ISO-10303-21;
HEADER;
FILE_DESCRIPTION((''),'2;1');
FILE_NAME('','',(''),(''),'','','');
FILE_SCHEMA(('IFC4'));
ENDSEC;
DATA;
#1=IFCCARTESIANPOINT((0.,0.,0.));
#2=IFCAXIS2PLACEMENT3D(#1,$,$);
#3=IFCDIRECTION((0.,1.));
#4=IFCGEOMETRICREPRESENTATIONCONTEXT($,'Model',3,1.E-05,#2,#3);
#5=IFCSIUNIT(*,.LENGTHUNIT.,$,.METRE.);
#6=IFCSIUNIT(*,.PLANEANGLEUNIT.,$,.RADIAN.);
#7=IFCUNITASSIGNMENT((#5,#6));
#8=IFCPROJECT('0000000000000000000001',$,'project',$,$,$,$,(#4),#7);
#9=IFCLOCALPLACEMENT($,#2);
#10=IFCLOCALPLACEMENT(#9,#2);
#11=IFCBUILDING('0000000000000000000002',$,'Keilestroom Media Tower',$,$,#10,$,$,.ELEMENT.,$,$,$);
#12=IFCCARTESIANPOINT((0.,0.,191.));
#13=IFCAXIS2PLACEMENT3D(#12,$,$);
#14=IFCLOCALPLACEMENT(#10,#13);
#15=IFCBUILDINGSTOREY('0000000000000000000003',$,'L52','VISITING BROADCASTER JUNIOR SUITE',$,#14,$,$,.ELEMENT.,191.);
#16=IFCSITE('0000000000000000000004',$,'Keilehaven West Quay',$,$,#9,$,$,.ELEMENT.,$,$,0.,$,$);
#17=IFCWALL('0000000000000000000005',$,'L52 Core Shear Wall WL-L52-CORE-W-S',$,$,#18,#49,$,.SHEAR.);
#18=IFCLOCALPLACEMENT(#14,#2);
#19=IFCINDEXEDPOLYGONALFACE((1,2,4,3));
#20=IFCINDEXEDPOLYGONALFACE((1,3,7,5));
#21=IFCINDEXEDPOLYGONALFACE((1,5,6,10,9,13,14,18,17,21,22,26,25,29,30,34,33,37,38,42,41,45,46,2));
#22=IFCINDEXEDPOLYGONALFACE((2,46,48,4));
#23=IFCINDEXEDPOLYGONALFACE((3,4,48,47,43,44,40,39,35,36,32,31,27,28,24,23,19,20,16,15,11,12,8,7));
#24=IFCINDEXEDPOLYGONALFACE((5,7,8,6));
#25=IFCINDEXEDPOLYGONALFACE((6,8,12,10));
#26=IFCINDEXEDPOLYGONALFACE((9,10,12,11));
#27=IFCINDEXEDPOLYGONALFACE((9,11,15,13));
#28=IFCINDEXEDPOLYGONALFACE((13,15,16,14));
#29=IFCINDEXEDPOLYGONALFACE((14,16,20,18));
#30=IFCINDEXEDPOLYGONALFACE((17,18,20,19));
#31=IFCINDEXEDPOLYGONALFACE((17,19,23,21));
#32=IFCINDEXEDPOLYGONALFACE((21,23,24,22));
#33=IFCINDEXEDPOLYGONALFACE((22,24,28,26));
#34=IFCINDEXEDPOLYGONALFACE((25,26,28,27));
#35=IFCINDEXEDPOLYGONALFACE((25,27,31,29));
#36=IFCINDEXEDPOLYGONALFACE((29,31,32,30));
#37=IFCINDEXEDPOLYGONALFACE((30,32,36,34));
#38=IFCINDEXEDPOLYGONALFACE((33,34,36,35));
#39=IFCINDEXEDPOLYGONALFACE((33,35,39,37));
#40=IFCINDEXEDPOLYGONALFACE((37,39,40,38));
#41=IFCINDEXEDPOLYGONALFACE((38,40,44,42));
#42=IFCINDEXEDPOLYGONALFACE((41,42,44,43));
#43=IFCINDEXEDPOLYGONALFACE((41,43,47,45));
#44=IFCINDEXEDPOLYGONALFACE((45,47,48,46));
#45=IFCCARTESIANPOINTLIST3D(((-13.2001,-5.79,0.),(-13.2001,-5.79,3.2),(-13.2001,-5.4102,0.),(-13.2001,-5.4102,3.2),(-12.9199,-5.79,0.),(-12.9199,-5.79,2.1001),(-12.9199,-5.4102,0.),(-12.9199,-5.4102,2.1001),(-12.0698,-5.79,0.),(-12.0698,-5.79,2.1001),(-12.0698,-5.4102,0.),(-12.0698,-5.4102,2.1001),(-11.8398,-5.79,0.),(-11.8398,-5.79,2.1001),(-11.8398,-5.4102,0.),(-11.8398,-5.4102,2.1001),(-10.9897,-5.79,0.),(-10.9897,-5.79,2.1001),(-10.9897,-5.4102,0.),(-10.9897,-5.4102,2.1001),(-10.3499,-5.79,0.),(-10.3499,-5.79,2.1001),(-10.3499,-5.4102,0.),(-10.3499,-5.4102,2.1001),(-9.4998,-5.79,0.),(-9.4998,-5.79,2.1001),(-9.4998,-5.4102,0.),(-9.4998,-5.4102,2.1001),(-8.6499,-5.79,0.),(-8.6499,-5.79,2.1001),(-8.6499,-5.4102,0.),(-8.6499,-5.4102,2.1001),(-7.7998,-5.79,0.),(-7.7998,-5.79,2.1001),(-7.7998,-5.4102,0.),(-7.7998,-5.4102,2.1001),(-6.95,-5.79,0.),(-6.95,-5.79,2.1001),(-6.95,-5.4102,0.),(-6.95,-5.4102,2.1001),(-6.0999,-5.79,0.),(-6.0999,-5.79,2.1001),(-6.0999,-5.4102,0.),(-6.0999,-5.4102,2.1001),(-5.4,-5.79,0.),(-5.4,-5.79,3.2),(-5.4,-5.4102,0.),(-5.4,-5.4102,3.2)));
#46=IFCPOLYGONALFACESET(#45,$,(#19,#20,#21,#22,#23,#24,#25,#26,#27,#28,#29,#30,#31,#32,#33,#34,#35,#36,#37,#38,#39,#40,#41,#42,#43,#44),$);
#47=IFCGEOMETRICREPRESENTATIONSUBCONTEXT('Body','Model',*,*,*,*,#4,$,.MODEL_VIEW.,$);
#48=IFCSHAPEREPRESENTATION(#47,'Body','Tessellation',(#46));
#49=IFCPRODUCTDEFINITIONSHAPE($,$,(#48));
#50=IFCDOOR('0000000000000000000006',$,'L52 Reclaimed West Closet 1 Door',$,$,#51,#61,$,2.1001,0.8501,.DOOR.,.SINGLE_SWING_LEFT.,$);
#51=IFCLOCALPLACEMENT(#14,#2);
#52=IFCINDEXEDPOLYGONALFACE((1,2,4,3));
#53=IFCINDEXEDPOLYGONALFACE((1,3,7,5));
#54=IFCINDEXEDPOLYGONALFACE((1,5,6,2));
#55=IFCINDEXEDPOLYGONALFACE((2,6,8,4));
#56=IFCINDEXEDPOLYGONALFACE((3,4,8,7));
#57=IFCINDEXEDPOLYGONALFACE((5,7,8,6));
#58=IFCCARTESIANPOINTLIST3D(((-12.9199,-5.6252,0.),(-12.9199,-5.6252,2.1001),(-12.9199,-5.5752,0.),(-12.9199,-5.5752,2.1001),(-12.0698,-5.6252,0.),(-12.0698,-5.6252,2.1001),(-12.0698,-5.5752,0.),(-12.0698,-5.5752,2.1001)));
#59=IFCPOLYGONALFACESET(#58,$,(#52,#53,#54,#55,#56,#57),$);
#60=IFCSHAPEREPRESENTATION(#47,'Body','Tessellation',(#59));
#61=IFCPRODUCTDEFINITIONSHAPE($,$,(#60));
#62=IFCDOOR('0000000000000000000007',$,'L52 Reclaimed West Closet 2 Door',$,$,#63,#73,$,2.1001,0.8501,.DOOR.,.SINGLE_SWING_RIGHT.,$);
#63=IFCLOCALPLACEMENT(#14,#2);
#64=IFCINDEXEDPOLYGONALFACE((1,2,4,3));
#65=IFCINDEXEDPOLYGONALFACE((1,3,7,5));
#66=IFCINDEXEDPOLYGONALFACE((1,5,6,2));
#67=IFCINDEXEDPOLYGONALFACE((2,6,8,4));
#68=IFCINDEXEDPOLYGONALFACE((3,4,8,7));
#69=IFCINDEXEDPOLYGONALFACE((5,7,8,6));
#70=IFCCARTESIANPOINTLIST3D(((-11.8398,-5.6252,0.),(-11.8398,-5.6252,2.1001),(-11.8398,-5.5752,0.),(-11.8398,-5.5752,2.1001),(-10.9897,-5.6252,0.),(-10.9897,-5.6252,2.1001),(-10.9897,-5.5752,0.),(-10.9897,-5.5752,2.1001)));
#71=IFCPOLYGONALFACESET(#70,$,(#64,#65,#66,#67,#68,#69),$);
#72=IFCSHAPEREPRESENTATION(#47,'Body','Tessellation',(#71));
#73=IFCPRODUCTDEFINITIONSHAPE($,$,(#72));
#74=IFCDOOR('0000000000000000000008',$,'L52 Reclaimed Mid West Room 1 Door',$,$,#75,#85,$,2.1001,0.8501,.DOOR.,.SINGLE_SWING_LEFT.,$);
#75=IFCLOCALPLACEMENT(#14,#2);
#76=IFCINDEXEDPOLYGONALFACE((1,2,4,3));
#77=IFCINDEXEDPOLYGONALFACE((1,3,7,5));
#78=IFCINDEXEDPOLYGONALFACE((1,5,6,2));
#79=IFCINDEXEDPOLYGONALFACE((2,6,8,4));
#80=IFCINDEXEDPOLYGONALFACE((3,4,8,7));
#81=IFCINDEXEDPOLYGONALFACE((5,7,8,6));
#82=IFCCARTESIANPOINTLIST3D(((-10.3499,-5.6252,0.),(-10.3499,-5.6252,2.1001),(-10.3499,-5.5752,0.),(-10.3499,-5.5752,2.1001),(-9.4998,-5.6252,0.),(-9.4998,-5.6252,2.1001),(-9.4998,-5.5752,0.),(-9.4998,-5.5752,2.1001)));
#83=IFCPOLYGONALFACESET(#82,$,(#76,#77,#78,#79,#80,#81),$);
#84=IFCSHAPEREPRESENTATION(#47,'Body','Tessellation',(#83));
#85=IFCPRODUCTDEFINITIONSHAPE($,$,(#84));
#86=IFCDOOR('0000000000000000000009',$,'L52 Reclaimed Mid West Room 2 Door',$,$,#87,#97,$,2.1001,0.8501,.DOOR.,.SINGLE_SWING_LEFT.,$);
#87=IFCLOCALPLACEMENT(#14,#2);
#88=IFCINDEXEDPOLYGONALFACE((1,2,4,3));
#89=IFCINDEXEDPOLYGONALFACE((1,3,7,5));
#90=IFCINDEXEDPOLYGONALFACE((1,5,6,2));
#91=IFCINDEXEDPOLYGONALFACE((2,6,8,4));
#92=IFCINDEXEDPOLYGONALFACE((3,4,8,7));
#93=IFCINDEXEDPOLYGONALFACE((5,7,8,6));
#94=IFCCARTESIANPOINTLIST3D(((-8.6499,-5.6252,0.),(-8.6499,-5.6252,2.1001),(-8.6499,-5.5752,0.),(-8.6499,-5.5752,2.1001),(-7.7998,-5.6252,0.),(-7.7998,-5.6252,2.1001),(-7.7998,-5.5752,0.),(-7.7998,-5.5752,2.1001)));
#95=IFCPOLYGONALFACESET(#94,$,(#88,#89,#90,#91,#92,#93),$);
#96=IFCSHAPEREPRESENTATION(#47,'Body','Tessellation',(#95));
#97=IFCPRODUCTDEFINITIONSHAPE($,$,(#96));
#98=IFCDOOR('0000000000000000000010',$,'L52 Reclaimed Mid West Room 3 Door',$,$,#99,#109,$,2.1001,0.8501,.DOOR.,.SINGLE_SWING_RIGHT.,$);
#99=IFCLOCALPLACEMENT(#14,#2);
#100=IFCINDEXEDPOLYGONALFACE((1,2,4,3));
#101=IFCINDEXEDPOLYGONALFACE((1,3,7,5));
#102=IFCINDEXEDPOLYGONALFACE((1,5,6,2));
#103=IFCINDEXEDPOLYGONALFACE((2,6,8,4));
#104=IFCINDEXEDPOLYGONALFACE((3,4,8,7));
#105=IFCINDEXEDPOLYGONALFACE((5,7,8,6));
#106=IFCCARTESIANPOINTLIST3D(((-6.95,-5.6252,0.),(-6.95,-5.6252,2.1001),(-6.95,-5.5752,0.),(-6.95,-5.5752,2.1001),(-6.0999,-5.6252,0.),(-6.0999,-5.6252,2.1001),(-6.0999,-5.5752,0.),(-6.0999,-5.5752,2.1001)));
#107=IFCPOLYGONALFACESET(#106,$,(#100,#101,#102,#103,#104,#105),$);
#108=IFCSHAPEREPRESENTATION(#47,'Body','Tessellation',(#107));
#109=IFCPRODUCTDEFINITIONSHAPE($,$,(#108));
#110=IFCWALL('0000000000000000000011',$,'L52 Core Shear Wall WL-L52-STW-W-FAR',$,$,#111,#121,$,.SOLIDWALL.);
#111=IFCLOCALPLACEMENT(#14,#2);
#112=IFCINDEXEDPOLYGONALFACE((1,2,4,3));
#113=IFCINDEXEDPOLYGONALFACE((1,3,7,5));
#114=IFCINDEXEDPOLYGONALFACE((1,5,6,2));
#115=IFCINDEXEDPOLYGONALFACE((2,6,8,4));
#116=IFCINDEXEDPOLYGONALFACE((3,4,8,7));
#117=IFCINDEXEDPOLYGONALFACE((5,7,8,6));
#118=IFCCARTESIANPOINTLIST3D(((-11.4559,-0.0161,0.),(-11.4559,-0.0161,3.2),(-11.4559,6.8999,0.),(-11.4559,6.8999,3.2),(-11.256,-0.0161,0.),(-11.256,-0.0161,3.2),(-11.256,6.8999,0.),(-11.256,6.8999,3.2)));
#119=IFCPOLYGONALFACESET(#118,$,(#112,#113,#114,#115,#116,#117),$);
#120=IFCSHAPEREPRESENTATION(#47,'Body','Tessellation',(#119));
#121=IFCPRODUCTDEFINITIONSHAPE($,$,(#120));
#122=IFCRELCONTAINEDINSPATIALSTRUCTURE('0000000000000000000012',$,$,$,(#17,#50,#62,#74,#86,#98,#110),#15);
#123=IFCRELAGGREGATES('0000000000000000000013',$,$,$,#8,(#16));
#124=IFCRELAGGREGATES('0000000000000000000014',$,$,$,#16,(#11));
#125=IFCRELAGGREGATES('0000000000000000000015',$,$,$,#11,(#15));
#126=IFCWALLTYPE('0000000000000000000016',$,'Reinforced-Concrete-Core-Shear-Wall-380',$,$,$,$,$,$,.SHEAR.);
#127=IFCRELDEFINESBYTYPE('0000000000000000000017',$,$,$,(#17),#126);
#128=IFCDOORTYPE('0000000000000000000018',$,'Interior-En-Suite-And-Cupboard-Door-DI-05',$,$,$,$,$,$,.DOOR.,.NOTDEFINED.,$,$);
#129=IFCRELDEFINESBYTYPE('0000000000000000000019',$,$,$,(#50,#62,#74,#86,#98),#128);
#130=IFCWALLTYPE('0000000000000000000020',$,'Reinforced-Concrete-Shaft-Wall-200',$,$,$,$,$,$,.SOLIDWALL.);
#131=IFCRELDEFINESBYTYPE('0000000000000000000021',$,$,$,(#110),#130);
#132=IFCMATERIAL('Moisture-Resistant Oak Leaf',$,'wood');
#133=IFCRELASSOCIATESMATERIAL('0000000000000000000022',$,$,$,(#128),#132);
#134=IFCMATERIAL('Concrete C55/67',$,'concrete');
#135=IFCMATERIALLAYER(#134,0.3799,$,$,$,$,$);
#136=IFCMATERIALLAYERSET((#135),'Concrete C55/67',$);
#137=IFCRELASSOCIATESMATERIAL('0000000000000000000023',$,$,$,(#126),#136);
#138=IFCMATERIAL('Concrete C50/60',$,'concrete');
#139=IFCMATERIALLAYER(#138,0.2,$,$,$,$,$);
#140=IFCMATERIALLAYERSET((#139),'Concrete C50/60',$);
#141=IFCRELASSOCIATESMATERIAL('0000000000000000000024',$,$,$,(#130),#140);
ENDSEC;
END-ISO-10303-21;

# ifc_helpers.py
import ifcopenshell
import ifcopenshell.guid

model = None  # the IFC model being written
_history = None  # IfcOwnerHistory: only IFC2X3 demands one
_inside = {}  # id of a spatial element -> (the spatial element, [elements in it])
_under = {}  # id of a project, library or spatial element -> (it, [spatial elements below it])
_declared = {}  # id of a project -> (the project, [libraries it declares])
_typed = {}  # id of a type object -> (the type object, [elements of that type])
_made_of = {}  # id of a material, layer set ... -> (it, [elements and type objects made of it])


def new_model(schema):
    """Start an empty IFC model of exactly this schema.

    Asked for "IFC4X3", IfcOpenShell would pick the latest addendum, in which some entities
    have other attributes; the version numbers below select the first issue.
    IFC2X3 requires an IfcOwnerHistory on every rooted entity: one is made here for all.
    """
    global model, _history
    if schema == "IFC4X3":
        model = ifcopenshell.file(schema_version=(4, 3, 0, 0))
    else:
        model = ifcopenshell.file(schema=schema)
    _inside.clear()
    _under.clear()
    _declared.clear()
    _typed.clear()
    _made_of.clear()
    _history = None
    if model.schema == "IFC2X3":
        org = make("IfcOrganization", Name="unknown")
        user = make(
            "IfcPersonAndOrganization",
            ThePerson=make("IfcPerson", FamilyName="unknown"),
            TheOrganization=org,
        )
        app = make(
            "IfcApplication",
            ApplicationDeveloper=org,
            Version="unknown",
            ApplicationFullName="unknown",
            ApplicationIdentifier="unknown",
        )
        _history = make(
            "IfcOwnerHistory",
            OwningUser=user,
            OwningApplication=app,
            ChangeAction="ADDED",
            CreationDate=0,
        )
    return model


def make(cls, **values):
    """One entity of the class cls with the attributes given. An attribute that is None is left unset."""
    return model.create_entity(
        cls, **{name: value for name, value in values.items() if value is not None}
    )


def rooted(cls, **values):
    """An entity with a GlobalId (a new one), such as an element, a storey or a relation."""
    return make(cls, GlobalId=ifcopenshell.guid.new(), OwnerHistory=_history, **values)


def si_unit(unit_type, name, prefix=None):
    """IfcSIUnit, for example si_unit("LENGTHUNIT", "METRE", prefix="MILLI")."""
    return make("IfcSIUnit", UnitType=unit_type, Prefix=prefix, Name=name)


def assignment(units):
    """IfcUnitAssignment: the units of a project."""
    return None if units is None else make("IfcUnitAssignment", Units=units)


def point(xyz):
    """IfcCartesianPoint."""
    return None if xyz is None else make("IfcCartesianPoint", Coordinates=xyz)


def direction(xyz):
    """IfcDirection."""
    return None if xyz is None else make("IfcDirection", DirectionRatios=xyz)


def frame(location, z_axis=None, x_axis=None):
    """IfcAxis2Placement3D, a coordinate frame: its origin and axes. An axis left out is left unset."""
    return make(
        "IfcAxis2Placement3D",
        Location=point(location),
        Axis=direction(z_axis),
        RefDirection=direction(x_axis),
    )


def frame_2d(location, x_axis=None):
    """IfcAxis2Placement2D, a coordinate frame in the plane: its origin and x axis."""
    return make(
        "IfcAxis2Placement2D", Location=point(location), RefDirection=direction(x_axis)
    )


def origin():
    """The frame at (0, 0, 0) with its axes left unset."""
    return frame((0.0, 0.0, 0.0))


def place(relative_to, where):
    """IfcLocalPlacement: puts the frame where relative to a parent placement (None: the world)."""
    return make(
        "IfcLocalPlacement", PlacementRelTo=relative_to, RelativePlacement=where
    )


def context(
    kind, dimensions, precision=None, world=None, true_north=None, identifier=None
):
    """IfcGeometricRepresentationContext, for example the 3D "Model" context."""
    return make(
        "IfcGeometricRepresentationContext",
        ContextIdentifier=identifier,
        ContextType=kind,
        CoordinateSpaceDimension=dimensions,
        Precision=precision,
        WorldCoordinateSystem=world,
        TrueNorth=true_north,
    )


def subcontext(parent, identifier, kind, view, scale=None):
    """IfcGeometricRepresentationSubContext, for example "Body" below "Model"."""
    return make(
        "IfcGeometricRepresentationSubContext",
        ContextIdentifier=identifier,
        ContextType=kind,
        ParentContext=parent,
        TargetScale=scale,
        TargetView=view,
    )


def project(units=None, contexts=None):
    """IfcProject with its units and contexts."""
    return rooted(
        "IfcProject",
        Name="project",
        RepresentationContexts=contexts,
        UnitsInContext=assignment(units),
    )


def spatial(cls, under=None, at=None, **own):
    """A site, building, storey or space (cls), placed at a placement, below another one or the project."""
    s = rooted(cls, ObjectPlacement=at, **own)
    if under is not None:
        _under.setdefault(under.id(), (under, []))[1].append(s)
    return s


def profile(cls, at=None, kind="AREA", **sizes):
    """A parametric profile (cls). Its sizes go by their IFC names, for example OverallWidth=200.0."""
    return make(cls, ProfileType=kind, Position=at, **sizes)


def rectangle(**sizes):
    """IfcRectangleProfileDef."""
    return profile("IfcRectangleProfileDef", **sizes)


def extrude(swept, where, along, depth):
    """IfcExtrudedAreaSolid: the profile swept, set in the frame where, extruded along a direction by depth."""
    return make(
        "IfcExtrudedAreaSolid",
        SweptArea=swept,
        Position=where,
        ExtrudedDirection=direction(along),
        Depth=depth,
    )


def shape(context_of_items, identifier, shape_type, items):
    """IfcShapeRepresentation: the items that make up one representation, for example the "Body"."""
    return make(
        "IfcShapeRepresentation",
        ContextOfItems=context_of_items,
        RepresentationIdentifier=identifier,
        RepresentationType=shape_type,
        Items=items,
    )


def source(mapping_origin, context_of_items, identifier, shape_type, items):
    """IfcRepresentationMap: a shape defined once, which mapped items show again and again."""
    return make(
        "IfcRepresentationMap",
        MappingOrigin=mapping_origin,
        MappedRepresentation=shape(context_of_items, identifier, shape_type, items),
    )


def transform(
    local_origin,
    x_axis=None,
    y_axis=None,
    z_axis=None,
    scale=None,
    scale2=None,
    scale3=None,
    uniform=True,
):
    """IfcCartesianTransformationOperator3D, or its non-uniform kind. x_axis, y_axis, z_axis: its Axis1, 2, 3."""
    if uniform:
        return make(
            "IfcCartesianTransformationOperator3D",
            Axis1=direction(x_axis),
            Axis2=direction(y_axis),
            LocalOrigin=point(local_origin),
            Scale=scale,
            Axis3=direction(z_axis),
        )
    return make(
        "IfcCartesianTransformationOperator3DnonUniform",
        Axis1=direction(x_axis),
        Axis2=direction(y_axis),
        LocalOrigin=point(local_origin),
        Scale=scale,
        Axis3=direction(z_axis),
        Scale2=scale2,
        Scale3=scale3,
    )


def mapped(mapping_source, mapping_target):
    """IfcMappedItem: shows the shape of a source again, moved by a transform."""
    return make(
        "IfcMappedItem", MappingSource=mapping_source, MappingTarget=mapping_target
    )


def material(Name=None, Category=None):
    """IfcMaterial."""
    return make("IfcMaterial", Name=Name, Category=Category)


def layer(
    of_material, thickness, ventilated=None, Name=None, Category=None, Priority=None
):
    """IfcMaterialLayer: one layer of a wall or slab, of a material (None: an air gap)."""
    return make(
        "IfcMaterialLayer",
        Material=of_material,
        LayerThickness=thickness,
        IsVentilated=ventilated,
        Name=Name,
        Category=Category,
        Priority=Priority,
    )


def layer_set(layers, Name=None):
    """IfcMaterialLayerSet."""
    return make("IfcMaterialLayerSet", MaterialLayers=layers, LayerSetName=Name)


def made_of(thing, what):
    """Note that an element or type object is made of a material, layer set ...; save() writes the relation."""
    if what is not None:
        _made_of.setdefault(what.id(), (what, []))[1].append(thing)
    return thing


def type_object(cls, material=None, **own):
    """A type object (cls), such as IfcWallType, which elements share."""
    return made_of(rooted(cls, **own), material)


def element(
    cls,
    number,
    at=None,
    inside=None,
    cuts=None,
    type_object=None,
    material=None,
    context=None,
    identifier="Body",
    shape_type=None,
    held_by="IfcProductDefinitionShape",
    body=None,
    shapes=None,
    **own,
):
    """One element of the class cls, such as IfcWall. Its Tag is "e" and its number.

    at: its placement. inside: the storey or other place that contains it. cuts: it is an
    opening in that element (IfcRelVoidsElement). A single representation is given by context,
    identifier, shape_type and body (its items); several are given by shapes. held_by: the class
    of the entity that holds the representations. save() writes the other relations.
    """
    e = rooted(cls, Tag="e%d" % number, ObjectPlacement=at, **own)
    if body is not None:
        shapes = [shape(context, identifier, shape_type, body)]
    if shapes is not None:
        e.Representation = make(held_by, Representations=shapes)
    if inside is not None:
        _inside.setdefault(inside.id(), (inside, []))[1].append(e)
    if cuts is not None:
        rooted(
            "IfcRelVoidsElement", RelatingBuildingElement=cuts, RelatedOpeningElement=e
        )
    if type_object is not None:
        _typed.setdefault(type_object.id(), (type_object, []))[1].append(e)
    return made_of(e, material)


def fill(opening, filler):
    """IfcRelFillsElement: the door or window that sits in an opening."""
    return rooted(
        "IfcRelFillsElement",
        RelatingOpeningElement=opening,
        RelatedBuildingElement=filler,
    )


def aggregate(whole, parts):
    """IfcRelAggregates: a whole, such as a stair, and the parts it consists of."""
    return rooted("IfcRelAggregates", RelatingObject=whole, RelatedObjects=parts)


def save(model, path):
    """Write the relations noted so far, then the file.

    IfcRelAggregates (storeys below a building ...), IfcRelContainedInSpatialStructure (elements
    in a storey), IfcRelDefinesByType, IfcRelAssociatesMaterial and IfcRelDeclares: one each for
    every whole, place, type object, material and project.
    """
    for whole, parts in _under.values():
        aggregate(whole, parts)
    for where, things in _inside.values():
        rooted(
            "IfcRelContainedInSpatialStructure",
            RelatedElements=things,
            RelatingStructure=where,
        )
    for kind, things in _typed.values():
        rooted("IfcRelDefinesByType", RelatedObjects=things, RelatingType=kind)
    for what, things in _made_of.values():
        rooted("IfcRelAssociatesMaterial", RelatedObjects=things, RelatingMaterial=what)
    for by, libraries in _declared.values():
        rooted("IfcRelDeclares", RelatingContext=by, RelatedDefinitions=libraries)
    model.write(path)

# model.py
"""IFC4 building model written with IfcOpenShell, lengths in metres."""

from ifc_helpers import new_model, si_unit, direction, frame, frame_2d, origin, place, context, subcontext, project, spatial, rectangle, extrude, source, transform, mapped, material, layer, layer_set, type_object, element, fill, save


model = new_model("IFC4")

# Units and contexts
model_context = context("Model", 3, precision=1e-05, world=origin(), true_north=direction((0.0, 1.0)))
body_context = subcontext(model_context, "Body", "Model", "MODEL_VIEW")
ifc_project = project(units=[si_unit("LENGTHUNIT", "METRE"), si_unit("PLANEANGLEUNIT", "RADIAN")], contexts=[model_context])

# Site, building, storey
site_placement = place(None, origin())
site = spatial("IfcSite", under=ifc_project, at=site_placement, Name="Keilehaven West Quay", CompositionType="ELEMENT", RefElevation=0.0)
building_placement = place(site_placement, origin())
building = spatial("IfcBuilding", under=site, at=building_placement, Name="Keilestroom Media Tower", CompositionType="ELEMENT")
storey_placement = place(building_placement, frame((0.0, 0.0, 191.0)))
storey = spatial("IfcBuildingStorey", under=building, at=storey_placement, Name="L52", Description="VISITING BROADCASTER JUNIOR SUITE", CompositionType="ELEMENT", Elevation=191.0)

# Shared definitions
ifc_material_1 = material(Name="Concrete C55/67", Category="concrete")

# Shared definitions
ifc_material_2 = material(Name="Moisture-Resistant Oak Leaf", Category="wood")
door_type = type_object("IfcDoorType", Name="Interior-En-Suite-And-Cupboard-Door-DI-05", OperationType="NOTDEFINED", PredefinedType="DOOR", material=ifc_material_2)
shared_shape_1 = source(origin(), body_context, "Body", "SweptSolid", [
    extrude(rectangle(XDim=0.8501, YDim=2.1001, at=frame_2d((0.425, 1.05))), frame((0.0, 0.0249, 0.0), z_axis=(0.0, -1.0, 0.0), x_axis=(1.0, 0.0, 0.0)), (0.0, 0.0, 1.0), 0.05),
])

# Shared definitions
ifc_layer_1 = layer(ifc_material_1, 0.3799)
ifc_layer_set_1 = layer_set([ifc_layer_1], Name="Concrete C55/67")
wall_type_1 = type_object("IfcWallType", Name="Reinforced-Concrete-Core-Shear-Wall-380", PredefinedType="SHEAR", material=ifc_layer_set_1)

# Wall, openings, doors
wall_1_placement = place(storey_placement, frame((-13.2, -5.6001, 0.0), z_axis=(0.0, 0.0, 1.0), x_axis=(1.0, 0.0, 0.0)))
wall_1 = element("IfcWall", 1, at=wall_1_placement, inside=storey, type_object=wall_type_1, Name="L52 Core Shear Wall WL-L52-CORE-W-S", PredefinedType="SHEAR", context=body_context, shape_type="SweptSolid", body=[
    extrude(rectangle(XDim=7.8, YDim=0.3799, at=frame_2d((3.8999, 0.0))), origin(), (0.0, 0.0, 1.0), 3.2),
])
opening_1_placement = place(wall_1_placement, frame((0.28, 0.0, 0.0)))
opening_1 = element("IfcOpeningElement", 2, at=opening_1_placement, cuts=wall_1, PredefinedType="OPENING", context=body_context, shape_type="SweptSolid", body=[
    extrude(rectangle(XDim=0.8501, YDim=2.1001, at=frame_2d((0.425, 1.05))), frame((0.0, 0.2, 0.0), z_axis=(0.0, -1.0, 0.0), x_axis=(1.0, 0.0, 0.0)), (0.0, 0.0, 1.0), 0.3999),
])
opening_2_placement = place(wall_1_placement, frame((1.3601, 0.0, 0.0)))
opening_2 = element("IfcOpeningElement", 3, at=opening_2_placement, cuts=wall_1, PredefinedType="OPENING", context=body_context, shape_type="SweptSolid", body=[
    extrude(rectangle(XDim=0.8501, YDim=2.1001, at=frame_2d((0.425, 1.05))), frame((0.0, 0.2, 0.0), z_axis=(0.0, -1.0, 0.0), x_axis=(1.0, 0.0, 0.0)), (0.0, 0.0, 1.0), 0.3999),
])
opening_3_placement = place(wall_1_placement, frame((2.8501, 0.0, 0.0)))
opening_3 = element("IfcOpeningElement", 4, at=opening_3_placement, cuts=wall_1, PredefinedType="OPENING", context=body_context, shape_type="SweptSolid", body=[
    extrude(rectangle(XDim=0.8501, YDim=2.1001, at=frame_2d((0.425, 1.05))), frame((0.0, 0.2, 0.0), z_axis=(0.0, -1.0, 0.0), x_axis=(1.0, 0.0, 0.0)), (0.0, 0.0, 1.0), 0.3999),
])
opening_4_placement = place(wall_1_placement, frame((4.55, 0.0, 0.0)))
opening_4 = element("IfcOpeningElement", 5, at=opening_4_placement, cuts=wall_1, PredefinedType="OPENING", context=body_context, shape_type="SweptSolid", body=[
    extrude(rectangle(XDim=0.8501, YDim=2.1001, at=frame_2d((0.425, 1.05))), frame((0.0, 0.2, 0.0), z_axis=(0.0, -1.0, 0.0), x_axis=(1.0, 0.0, 0.0)), (0.0, 0.0, 1.0), 0.3999),
])
opening_5_placement = place(wall_1_placement, frame((6.25, 0.0, 0.0)))
opening_5 = element("IfcOpeningElement", 6, at=opening_5_placement, cuts=wall_1, PredefinedType="OPENING", context=body_context, shape_type="SweptSolid", body=[
    extrude(rectangle(XDim=0.8501, YDim=2.1001, at=frame_2d((0.425, 1.05))), frame((0.0, 0.2, 0.0), z_axis=(0.0, -1.0, 0.0), x_axis=(1.0, 0.0, 0.0)), (0.0, 0.0, 1.0), 0.3999),
])
door_1_placement = place(opening_1_placement, origin())
door_1 = element("IfcDoor", 7, at=door_1_placement, inside=storey, type_object=door_type, Name="L52 Reclaimed West Closet 1 Door", OperationType="SINGLE_SWING_LEFT", OverallHeight=2.1001, OverallWidth=0.8501, PredefinedType="DOOR", context=body_context, shape_type="MappedRepresentation", body=[
    mapped(shared_shape_1, transform((0.0, 0.0, 0.0), x_axis=(1.0, 0.0, 0.0), y_axis=(0.0, 1.0, 0.0), z_axis=(0.0, 0.0, 1.0), scale=1.0)),
])
fill(opening_1, door_1)
door_2_placement = place(opening_2_placement, origin())
door_2 = element("IfcDoor", 8, at=door_2_placement, inside=storey, type_object=door_type, Name="L52 Reclaimed West Closet 2 Door", OperationType="SINGLE_SWING_RIGHT", OverallHeight=2.1001, OverallWidth=0.8501, PredefinedType="DOOR", context=body_context, shape_type="MappedRepresentation", body=[
    mapped(shared_shape_1, transform((0.0, 0.0, 0.0), x_axis=(1.0, 0.0, 0.0), y_axis=(0.0, 1.0, 0.0), z_axis=(0.0, 0.0, 1.0), scale=1.0)),
])
fill(opening_2, door_2)
door_3_placement = place(opening_3_placement, origin())
door_3 = element("IfcDoor", 9, at=door_3_placement, inside=storey, type_object=door_type, Name="L52 Reclaimed Mid West Room 1 Door", OperationType="SINGLE_SWING_LEFT", OverallHeight=2.1001, OverallWidth=0.8501, PredefinedType="DOOR", context=body_context, shape_type="MappedRepresentation", body=[
    mapped(shared_shape_1, transform((0.0, 0.0, 0.0), x_axis=(1.0, 0.0, 0.0), y_axis=(0.0, 1.0, 0.0), z_axis=(0.0, 0.0, 1.0), scale=1.0)),
])
fill(opening_3, door_3)
door_4_placement = place(opening_4_placement, origin())
door_4 = element("IfcDoor", 10, at=door_4_placement, inside=storey, type_object=door_type, Name="L52 Reclaimed Mid West Room 2 Door", OperationType="SINGLE_SWING_LEFT", OverallHeight=2.1001, OverallWidth=0.8501, PredefinedType="DOOR", context=body_context, shape_type="MappedRepresentation", body=[
    mapped(shared_shape_1, transform((0.0, 0.0, 0.0), x_axis=(1.0, 0.0, 0.0), y_axis=(0.0, 1.0, 0.0), z_axis=(0.0, 0.0, 1.0), scale=1.0)),
])
fill(opening_4, door_4)
door_5_placement = place(opening_5_placement, origin())
door_5 = element("IfcDoor", 11, at=door_5_placement, inside=storey, type_object=door_type, Name="L52 Reclaimed Mid West Room 3 Door", OperationType="SINGLE_SWING_RIGHT", OverallHeight=2.1001, OverallWidth=0.8501, PredefinedType="DOOR", context=body_context, shape_type="MappedRepresentation", body=[
    mapped(shared_shape_1, transform((0.0, 0.0, 0.0), x_axis=(1.0, 0.0, 0.0), y_axis=(0.0, 1.0, 0.0), z_axis=(0.0, 0.0, 1.0), scale=1.0)),
])
fill(opening_5, door_5)

# Wall
ifc_material_3 = material(Name="Concrete C50/60", Category="concrete")
ifc_layer_2 = layer(ifc_material_3, 0.2)
ifc_layer_set_2 = layer_set([ifc_layer_2], Name="Concrete C50/60")
wall_type_2 = type_object("IfcWallType", Name="Reinforced-Concrete-Shaft-Wall-200", PredefinedType="SOLIDWALL", material=ifc_layer_set_2)
wall_2_placement = place(storey_placement, frame((-11.356, -0.0161, 0.0), z_axis=(0.0, 0.0, 1.0), x_axis=(0.0, 1.0, 0.0)))
element("IfcWall", 12, at=wall_2_placement, inside=storey, type_object=wall_type_2, Name="L52 Core Shear Wall WL-L52-STW-W-FAR", PredefinedType="SOLIDWALL", context=body_context, shape_type="SweptSolid", body=[
    extrude(rectangle(XDim=6.916, YDim=0.2, at=frame_2d((3.458, 0.0))), origin(), (0.0, 0.0, 1.0), 3.2),
])

save(model, "model.ifc")
